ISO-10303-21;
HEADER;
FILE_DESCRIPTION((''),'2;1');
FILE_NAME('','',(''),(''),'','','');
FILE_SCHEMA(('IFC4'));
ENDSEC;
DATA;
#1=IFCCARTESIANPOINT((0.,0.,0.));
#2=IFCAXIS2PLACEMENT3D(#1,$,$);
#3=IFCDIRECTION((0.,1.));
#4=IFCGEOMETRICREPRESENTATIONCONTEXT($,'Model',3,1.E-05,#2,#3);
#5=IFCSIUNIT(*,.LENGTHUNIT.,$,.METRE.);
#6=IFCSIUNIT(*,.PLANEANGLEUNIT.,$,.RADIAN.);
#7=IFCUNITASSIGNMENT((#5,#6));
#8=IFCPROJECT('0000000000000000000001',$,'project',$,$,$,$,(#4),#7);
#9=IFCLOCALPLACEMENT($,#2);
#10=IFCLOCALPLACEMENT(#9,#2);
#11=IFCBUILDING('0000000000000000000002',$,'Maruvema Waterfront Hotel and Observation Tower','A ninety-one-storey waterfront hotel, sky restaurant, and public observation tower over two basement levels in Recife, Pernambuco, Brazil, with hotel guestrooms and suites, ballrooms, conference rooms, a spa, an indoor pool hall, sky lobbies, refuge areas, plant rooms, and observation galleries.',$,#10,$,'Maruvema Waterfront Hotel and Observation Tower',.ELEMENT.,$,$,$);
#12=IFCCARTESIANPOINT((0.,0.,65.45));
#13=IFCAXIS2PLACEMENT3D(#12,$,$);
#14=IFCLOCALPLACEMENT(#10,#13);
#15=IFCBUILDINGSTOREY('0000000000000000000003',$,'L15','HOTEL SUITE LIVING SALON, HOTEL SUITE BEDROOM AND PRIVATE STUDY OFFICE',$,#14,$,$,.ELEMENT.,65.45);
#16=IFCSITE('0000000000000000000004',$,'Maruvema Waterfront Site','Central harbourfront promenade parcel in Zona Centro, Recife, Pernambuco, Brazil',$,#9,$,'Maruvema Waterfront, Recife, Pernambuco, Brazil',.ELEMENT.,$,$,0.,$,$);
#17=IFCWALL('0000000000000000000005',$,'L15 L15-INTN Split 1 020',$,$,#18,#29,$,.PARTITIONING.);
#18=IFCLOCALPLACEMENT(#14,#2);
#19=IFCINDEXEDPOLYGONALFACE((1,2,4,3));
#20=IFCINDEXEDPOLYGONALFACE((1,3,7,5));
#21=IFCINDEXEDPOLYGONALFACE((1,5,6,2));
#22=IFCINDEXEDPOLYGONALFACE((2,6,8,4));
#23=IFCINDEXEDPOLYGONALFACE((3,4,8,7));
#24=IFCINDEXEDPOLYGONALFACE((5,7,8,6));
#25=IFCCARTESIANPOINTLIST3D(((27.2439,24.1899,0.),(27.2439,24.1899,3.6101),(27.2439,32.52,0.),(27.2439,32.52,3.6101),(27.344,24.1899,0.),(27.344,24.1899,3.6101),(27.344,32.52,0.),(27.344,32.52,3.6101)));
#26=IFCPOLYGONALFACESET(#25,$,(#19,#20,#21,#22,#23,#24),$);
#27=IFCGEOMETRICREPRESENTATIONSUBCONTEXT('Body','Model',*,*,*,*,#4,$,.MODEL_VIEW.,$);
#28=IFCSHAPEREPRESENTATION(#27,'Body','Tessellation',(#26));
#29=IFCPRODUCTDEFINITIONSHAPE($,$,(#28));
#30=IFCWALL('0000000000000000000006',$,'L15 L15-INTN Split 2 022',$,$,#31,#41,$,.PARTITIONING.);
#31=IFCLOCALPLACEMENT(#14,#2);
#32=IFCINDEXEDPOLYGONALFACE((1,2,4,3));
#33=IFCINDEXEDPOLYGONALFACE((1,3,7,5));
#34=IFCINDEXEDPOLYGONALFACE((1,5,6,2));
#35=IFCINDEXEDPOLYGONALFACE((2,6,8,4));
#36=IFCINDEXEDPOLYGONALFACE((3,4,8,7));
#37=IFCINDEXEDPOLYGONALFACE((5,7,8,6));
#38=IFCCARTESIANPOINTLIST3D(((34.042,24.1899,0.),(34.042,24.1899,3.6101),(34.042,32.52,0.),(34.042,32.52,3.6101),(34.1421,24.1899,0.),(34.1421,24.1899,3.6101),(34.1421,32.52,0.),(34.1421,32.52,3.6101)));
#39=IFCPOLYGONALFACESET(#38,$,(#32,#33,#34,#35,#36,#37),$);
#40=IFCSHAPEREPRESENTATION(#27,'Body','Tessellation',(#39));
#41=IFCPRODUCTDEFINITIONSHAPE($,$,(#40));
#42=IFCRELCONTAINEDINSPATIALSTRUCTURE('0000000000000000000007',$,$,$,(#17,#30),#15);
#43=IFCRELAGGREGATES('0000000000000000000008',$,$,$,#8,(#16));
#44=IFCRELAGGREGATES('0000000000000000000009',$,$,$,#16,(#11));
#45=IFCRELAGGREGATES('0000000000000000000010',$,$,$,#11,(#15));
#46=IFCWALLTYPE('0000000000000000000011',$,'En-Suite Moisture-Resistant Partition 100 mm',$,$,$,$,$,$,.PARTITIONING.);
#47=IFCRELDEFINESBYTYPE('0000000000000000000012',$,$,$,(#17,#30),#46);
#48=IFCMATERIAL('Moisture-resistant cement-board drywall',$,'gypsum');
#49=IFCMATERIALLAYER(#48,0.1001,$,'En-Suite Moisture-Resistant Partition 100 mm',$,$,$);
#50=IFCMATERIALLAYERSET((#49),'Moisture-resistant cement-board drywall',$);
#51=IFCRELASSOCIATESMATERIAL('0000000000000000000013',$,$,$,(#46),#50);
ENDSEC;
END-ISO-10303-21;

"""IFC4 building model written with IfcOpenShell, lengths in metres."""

from ifc_helpers import new_model, si_unit, direction, frame, frame_2d, origin, place, context, subcontext, project, spatial, rectangle, extrude, material, layer, layer_set, type_object, element, save


model = new_model("IFC4")

# Units and contexts
model_context = context("Model", 3, precision=1e-05, world=origin(), true_north=direction((0.0, 1.0)))
body_context = subcontext(model_context, "Body", "Model", "MODEL_VIEW")
ifc_project = project(units=[si_unit("LENGTHUNIT", "METRE"), si_unit("PLANEANGLEUNIT", "RADIAN")], contexts=[model_context])

# Site, building, storey
site_placement = place(None, origin())
site = spatial("IfcSite", under=ifc_project, at=site_placement, Name="Maruvema Waterfront Site", Description="Central harbourfront promenade parcel in Zona Centro, Recife, Pernambuco, Brazil", LongName="Maruvema Waterfront, Recife, Pernambuco, Brazil", CompositionType="ELEMENT", RefElevation=0.0)
building_placement = place(site_placement, origin())
building = spatial("IfcBuilding", under=site, at=building_placement, Name="Maruvema Waterfront Hotel and Observation Tower", Description="A ninety-one-storey waterfront hotel, sky restaurant, and public observation tower over two basement levels in Recife, Pernambuco, Brazil, with hotel guestrooms and suites, ballrooms, conference rooms, a spa, an indoor pool hall, sky lobbies, refuge areas, plant rooms, and observation galleries.", LongName="Maruvema Waterfront Hotel and Observation Tower", CompositionType="ELEMENT")
storey_placement = place(building_placement, frame((0.0, 0.0, 65.45)))
storey = spatial("IfcBuildingStorey", under=building, at=storey_placement, Name="L15", Description="HOTEL SUITE LIVING SALON, HOTEL SUITE BEDROOM AND PRIVATE STUDY OFFICE", CompositionType="ELEMENT", Elevation=65.45)

# Walls
ifc_material_1 = material(Name="Moisture-resistant cement-board drywall", Category="gypsum")
ifc_layer_1 = layer(ifc_material_1, 0.1001, Name="En-Suite Moisture-Resistant Partition 100 mm")
ifc_layer_set_1 = layer_set([ifc_layer_1], Name="Moisture-resistant cement-board drywall")
wall_type_1 = type_object("IfcWallType", Name="En-Suite Moisture-Resistant Partition 100 mm", PredefinedType="PARTITIONING", material=ifc_layer_set_1)
for number, where, z_axis, x_axis, name in (
    (1, (27.2939, 24.1899, 0.0), (0.0, 0.0, 1.0), (0.0, 1.0, 0.0), "L15 L15-INTN Split 1 020"),
    (2, (34.092, 24.1899, 0.0), (0.0, 0.0, 1.0), (0.0, 1.0, 0.0), "L15 L15-INTN Split 2 022"),
):
    element("IfcWall", number, at=place(storey_placement, frame(where, z_axis=z_axis, x_axis=x_axis)), inside=storey, type_object=wall_type_1, Name=name, PredefinedType="PARTITIONING", context=body_context, shape_type="SweptSolid", body=[
        extrude(rectangle(XDim=8.3301, YDim=0.1001, at=frame_2d((4.165, 0.0))), origin(), (0.0, 0.0, 1.0), 3.6101),
    ])

save(model, "model.ifc")
